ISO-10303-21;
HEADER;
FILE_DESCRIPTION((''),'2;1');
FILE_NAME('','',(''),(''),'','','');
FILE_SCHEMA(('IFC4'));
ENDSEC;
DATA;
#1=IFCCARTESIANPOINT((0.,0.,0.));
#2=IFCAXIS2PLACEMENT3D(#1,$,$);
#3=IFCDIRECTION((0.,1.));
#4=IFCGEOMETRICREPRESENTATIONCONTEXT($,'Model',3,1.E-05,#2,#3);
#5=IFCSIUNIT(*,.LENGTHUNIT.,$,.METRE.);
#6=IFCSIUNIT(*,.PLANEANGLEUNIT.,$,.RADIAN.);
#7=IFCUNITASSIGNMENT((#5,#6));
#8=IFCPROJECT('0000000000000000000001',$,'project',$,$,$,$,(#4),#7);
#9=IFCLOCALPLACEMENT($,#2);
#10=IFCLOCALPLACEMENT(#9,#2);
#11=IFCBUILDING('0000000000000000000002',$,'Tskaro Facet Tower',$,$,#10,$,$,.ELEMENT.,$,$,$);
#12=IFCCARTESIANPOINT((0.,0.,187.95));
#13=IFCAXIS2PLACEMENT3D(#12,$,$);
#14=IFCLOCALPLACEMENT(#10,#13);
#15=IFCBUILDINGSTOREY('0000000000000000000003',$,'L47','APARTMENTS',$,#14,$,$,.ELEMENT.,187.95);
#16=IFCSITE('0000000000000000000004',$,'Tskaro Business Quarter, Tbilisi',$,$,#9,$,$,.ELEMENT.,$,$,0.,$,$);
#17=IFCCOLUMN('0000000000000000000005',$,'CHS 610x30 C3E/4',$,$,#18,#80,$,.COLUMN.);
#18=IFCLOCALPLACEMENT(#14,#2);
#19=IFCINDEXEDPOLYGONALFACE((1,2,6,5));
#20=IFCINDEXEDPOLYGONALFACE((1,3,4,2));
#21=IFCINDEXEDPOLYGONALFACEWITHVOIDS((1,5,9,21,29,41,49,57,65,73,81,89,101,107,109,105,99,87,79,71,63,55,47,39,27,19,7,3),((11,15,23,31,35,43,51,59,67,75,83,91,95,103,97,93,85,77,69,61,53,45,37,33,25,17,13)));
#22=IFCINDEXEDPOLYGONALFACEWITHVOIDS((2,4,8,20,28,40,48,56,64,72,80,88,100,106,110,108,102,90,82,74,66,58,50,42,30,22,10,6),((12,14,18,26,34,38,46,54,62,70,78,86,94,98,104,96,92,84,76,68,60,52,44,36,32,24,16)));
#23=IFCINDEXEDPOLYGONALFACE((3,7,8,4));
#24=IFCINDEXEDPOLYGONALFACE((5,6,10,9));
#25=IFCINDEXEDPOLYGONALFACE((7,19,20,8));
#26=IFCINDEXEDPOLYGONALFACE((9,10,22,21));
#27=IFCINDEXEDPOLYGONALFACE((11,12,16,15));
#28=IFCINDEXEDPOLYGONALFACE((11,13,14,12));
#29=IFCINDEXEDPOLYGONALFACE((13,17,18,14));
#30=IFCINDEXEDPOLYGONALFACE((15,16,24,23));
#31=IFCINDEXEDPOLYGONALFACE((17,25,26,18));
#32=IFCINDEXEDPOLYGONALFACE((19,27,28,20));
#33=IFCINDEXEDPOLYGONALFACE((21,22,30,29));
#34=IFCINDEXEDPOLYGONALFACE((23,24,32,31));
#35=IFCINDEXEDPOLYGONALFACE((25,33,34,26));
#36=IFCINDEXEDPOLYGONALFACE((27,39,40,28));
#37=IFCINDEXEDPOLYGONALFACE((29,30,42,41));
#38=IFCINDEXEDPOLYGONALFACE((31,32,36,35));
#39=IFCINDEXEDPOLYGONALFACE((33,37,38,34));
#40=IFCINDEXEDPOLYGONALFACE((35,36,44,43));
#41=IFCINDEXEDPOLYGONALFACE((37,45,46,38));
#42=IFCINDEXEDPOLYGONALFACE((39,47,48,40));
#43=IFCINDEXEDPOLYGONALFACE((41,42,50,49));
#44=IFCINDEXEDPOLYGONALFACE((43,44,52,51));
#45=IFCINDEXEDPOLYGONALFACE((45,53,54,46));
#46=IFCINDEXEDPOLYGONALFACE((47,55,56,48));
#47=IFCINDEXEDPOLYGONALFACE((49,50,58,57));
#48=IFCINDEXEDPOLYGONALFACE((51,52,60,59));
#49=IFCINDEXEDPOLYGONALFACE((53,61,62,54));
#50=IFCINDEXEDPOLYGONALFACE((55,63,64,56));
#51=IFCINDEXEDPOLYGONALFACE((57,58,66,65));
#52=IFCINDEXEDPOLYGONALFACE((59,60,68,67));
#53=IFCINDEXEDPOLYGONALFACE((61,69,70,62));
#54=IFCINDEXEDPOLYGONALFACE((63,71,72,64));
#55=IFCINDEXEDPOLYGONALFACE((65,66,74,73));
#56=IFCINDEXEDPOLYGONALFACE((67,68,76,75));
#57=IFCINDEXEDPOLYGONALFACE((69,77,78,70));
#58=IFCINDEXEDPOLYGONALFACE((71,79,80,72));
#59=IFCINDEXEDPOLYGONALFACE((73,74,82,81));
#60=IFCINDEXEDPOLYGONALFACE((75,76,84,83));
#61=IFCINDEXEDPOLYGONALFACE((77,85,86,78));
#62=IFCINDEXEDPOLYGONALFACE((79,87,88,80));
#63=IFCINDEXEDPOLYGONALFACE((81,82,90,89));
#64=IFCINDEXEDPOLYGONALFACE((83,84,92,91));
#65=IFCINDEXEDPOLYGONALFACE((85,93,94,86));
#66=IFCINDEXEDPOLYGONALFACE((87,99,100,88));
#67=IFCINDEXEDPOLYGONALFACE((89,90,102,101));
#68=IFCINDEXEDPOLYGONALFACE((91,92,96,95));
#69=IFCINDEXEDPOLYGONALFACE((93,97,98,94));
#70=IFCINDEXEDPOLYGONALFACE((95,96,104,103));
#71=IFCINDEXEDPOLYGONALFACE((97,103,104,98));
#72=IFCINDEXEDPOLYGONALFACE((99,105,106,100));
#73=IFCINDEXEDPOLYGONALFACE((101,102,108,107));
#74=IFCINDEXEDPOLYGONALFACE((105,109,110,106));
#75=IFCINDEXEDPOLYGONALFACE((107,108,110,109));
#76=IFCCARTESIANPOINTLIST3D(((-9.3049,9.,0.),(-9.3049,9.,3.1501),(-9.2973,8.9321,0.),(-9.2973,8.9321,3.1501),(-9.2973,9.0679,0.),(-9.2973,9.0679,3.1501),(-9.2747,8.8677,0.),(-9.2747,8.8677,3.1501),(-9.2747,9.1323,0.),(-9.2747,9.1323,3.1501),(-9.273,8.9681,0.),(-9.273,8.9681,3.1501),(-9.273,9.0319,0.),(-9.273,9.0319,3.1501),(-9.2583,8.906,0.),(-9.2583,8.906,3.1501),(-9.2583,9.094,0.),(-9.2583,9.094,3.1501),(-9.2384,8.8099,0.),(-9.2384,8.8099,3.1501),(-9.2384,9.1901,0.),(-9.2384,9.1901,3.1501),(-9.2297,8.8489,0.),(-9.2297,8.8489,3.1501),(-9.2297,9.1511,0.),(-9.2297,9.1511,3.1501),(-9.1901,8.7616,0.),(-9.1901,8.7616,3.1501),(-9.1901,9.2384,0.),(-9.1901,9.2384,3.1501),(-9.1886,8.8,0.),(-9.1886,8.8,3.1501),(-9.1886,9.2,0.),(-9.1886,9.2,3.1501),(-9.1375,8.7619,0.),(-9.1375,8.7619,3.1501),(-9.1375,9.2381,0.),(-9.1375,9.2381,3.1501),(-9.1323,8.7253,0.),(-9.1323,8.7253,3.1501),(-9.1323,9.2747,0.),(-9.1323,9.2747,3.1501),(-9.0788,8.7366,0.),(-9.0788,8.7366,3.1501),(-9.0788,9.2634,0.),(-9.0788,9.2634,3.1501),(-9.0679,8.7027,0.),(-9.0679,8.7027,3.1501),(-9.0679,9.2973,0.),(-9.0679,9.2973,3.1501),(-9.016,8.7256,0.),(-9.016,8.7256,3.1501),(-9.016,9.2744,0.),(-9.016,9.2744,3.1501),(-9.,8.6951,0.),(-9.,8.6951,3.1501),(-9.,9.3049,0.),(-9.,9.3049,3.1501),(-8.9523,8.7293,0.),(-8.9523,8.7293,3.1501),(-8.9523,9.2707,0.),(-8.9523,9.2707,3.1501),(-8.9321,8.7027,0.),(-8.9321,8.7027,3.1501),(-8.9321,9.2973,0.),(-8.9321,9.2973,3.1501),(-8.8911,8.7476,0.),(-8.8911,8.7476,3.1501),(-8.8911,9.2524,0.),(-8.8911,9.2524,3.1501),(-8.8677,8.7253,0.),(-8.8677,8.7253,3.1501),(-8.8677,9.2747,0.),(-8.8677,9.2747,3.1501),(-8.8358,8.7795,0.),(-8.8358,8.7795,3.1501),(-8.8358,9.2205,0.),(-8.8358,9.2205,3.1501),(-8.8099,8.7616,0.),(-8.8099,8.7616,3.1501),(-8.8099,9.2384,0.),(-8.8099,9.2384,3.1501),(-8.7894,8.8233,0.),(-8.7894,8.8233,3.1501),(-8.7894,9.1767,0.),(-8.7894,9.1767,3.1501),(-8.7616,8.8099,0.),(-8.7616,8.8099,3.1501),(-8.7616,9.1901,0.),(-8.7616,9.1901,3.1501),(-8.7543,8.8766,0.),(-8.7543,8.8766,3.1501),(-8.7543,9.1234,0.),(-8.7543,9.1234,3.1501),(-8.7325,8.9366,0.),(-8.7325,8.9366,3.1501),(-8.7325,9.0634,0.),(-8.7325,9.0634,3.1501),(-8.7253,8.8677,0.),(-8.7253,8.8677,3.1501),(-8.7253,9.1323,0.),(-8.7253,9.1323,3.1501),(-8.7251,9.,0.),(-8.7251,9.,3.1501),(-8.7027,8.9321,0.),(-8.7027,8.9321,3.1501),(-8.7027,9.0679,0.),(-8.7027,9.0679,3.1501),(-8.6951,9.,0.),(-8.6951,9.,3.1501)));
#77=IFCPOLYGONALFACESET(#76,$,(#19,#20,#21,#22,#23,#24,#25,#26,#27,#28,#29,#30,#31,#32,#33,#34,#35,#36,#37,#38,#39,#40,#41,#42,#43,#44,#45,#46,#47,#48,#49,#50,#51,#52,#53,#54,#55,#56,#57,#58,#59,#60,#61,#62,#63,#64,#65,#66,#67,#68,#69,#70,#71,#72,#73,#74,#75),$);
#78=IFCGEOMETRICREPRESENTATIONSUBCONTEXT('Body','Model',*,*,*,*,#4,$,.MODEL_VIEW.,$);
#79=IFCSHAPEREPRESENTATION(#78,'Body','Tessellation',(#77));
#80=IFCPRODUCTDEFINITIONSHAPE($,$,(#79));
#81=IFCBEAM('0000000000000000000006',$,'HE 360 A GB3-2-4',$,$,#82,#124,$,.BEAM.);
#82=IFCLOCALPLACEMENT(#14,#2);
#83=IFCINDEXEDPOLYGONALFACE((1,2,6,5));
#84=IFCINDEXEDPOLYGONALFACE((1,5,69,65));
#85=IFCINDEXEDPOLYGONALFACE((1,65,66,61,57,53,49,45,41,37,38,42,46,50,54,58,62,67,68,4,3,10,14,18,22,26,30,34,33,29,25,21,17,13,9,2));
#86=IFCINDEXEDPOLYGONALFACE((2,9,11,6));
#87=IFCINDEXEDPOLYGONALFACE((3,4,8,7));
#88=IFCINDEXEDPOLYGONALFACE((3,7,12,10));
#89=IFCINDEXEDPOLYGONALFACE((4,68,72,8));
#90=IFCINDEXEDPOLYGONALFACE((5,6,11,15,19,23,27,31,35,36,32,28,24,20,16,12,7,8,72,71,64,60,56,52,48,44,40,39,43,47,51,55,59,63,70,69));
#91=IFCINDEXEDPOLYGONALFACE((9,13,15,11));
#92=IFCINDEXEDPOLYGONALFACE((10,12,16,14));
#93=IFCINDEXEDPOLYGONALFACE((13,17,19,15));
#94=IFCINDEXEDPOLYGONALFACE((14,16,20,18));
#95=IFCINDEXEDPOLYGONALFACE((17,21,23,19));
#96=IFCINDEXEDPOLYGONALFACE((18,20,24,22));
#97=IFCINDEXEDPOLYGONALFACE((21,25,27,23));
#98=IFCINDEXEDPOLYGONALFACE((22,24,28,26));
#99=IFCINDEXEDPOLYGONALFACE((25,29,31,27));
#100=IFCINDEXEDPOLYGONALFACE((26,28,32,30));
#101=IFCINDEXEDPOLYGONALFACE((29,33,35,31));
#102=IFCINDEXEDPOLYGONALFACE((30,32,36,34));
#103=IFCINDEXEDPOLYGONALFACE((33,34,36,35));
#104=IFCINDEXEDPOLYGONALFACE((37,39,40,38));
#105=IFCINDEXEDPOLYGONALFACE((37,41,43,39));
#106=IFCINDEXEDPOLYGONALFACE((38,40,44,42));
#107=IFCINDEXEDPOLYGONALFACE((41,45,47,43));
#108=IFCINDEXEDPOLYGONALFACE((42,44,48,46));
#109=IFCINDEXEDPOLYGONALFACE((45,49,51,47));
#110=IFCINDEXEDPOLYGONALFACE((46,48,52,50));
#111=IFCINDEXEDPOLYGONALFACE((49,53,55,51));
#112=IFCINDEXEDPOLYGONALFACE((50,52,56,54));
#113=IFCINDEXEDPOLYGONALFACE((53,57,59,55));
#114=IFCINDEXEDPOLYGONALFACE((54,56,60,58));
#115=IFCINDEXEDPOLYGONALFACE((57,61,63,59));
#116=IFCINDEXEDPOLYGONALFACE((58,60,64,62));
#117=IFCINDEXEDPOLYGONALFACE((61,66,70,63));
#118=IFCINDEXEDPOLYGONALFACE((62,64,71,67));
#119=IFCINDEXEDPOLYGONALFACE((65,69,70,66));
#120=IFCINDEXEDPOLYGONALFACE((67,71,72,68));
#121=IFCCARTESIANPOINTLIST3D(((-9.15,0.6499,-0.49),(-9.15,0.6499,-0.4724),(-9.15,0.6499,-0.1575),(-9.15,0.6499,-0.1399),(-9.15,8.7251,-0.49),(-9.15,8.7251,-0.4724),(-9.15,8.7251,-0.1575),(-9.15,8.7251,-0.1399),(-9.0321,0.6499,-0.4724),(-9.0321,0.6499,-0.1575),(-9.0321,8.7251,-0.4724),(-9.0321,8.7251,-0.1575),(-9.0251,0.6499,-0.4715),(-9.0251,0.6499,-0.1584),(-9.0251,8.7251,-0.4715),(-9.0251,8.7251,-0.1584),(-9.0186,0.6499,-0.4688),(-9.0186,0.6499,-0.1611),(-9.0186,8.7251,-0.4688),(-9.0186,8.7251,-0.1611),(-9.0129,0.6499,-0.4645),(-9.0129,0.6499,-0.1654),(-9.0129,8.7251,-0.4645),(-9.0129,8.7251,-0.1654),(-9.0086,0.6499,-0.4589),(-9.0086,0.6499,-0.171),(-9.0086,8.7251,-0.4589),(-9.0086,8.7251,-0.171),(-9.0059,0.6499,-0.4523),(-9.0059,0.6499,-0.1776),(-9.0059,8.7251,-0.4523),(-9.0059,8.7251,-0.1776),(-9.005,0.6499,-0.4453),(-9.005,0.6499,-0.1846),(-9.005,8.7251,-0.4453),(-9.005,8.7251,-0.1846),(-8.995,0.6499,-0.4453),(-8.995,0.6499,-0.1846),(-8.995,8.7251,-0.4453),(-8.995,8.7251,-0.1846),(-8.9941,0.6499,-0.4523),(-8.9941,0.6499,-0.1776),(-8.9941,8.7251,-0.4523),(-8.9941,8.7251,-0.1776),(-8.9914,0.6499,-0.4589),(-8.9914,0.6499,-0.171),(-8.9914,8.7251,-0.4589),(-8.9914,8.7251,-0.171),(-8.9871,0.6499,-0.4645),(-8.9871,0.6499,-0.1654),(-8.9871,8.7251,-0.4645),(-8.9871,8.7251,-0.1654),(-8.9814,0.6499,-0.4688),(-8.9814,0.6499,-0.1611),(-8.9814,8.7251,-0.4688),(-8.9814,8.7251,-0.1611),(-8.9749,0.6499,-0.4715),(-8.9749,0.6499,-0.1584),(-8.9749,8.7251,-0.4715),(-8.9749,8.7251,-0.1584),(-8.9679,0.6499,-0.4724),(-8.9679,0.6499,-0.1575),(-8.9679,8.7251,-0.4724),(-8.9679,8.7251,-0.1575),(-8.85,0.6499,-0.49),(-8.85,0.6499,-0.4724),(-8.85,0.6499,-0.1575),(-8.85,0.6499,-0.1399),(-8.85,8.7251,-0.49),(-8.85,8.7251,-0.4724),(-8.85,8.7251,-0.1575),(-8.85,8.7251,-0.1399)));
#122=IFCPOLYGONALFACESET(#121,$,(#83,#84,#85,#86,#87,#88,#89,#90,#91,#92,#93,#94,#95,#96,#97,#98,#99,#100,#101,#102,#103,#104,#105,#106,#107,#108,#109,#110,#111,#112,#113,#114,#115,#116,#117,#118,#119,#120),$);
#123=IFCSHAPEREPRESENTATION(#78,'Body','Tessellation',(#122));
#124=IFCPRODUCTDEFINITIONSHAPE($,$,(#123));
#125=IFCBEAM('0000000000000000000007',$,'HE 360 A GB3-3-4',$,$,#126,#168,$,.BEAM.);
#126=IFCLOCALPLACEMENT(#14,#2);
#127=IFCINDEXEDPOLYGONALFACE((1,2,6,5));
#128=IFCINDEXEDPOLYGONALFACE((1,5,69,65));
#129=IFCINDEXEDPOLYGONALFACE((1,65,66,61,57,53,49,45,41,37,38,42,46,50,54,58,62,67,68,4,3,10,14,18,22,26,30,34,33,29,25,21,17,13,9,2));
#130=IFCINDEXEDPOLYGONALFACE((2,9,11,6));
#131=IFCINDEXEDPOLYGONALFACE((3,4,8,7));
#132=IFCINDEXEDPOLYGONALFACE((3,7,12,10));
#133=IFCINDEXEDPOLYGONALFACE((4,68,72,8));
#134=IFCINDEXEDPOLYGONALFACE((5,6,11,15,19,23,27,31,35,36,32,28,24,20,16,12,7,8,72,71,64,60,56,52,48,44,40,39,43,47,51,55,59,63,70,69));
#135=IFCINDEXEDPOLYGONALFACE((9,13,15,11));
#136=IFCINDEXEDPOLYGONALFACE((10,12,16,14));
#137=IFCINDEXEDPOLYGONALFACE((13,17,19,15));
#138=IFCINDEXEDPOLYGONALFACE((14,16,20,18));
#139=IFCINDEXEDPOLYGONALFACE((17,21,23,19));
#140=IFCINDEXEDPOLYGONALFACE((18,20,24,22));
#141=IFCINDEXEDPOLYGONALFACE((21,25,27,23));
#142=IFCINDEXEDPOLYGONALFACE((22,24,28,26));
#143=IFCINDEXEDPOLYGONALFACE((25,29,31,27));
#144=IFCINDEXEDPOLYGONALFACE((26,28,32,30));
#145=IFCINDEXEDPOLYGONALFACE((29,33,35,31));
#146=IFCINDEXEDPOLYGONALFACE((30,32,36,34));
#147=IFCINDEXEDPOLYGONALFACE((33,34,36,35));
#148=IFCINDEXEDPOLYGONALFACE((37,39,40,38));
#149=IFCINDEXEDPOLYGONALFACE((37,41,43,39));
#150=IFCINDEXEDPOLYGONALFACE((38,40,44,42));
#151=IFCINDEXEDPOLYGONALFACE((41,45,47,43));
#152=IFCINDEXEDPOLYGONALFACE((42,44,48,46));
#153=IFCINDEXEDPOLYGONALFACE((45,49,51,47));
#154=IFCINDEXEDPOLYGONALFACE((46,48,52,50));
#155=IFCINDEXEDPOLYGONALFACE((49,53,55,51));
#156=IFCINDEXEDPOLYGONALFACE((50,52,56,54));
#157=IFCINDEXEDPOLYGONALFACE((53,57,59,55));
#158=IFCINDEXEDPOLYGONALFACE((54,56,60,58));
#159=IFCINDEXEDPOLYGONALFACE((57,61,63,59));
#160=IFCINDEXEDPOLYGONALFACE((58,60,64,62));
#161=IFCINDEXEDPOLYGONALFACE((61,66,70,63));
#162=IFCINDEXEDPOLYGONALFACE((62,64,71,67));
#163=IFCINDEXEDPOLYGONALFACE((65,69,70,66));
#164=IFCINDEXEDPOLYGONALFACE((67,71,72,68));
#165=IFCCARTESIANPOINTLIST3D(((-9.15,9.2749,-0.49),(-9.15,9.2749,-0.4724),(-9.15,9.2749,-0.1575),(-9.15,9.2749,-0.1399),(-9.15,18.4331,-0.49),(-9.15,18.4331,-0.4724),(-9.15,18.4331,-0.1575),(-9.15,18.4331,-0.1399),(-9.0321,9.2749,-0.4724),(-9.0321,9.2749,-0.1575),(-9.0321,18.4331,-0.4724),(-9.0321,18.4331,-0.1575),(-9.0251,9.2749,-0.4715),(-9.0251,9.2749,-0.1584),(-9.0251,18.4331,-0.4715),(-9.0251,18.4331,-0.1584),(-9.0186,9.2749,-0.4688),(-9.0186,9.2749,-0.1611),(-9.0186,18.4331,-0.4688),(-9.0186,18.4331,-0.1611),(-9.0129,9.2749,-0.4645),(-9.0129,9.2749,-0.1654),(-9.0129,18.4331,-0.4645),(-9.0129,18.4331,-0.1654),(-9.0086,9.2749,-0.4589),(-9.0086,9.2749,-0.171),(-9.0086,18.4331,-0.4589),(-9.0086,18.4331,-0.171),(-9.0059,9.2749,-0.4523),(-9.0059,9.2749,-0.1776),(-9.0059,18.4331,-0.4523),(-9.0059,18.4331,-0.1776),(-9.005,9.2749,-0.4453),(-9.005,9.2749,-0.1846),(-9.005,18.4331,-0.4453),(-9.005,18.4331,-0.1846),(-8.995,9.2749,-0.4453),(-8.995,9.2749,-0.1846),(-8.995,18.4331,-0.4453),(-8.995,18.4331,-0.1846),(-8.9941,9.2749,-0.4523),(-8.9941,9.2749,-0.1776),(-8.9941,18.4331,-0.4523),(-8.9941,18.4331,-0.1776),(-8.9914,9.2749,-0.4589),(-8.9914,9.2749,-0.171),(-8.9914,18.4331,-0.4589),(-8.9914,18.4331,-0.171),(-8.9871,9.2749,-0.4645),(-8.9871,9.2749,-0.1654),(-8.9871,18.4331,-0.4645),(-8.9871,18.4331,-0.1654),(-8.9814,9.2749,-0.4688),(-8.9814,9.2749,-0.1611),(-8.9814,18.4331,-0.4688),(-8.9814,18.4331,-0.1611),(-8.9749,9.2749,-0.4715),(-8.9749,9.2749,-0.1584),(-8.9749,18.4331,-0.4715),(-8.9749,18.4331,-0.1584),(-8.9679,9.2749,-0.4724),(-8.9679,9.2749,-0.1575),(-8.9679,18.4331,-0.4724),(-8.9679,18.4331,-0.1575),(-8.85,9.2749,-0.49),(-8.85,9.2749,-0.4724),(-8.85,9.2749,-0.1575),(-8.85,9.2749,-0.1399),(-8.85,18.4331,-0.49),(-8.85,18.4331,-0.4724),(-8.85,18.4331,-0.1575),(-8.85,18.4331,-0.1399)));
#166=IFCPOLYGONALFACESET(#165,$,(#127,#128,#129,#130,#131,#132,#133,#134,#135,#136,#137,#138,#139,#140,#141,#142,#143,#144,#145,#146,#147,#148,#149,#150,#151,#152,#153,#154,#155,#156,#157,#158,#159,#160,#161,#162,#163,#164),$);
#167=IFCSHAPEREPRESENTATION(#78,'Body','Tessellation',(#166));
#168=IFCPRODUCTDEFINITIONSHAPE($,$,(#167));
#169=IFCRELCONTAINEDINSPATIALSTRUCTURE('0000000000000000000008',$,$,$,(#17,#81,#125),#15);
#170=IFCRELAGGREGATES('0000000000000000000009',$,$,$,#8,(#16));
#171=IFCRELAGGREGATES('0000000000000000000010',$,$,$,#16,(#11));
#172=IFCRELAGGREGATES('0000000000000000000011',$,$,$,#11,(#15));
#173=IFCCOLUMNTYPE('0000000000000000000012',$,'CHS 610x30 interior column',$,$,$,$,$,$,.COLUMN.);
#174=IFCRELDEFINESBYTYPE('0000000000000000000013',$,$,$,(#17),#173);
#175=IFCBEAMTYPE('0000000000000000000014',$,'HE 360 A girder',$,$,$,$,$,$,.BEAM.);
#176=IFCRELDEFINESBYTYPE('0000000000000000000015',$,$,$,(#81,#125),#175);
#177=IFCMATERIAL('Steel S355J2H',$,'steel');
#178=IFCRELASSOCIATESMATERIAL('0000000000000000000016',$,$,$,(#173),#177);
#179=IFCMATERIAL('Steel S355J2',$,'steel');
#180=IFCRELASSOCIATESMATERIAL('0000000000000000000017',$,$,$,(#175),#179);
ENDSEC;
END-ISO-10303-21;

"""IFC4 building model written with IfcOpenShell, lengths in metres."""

from ifc_helpers import new_model, si_unit, direction, frame, origin, origin_2d, place, context, subcontext, project, spatial, hollow_circle, i_section, extrude, material, material_profile, profile_set, type_object, element, save


model = new_model("IFC4")

# Units and contexts
model_context = context("Model", 3, precision=1e-05, world=origin(), true_north=direction((0.0, 1.0)))
body_context = subcontext(model_context, "Body", "Model", "MODEL_VIEW")
ifc_project = project(units=[si_unit("LENGTHUNIT", "METRE"), si_unit("PLANEANGLEUNIT", "RADIAN")], contexts=[model_context])

# Site, building, storey
site_placement = place(None, origin())
site = spatial("IfcSite", under=ifc_project, at=site_placement, Name="Tskaro Business Quarter, Tbilisi", CompositionType="ELEMENT", RefElevation=0.0)
building_placement = place(site_placement, origin())
building = spatial("IfcBuilding", under=site, at=building_placement, Name="Tskaro Facet Tower", CompositionType="ELEMENT")
storey_placement = place(building_placement, frame((0.0, 0.0, 187.95)))
storey = spatial("IfcBuildingStorey", under=building, at=storey_placement, Name="L47", Description="APARTMENTS", CompositionType="ELEMENT", Elevation=187.95)

# Column
ifc_material_1 = material(Name="Steel S355J2H", Category="steel")
ifc_material_profile_1 = material_profile(ifc_material_1, hollow_circle(Radius=0.3049, WallThickness=0.03, at=origin_2d()), Name="CHS 610x30")
ifc_profile_set_1 = profile_set([ifc_material_profile_1], Name="Steel S355J2H")
column_type = type_object("IfcColumnType", Name="CHS 610x30 interior column", PredefinedType="COLUMN", material=ifc_profile_set_1)
column_placement = place(storey_placement, frame((-9.0, 9.0, 0.0), z_axis=(0.0, 0.0, 1.0), x_axis=(1.0, 0.0, 0.0)))
element("IfcColumn", 1, at=column_placement, inside=storey, type_object=column_type, Name="CHS 610x30 C3E/4", PredefinedType="COLUMN", context=body_context, shape_type="SweptSolid", body=[
    extrude(hollow_circle(Radius=0.3049, WallThickness=0.03, at=origin_2d()), origin(), (0.0, 0.0, 1.0), 3.1501),
])

# Beams
ifc_material_2 = material(Name="Steel S355J2", Category="steel")
ifc_material_profile_2 = material_profile(ifc_material_2, i_section(OverallWidth=0.3, OverallDepth=0.3501, WebThickness=0.01, FlangeThickness=0.0176, FilletRadius=0.0271, at=origin_2d()), Name="HE 360 A")
ifc_profile_set_2 = profile_set([ifc_material_profile_2], Name="Steel S355J2")
beam_type_1 = type_object("IfcBeamType", Name="HE 360 A girder", PredefinedType="BEAM", material=ifc_profile_set_2)
beam_1_placement = place(storey_placement, frame((-9.0, 0.6499, -0.3149), z_axis=(0.0, 1.0, 0.0), x_axis=(-1.0, 0.0, 0.0)))
element("IfcBeam", 2, at=beam_1_placement, inside=storey, type_object=beam_type_1, Name="HE 360 A GB3-2-4", PredefinedType="BEAM", context=body_context, shape_type="SweptSolid", body=[
    extrude(i_section(OverallWidth=0.3, OverallDepth=0.3501, WebThickness=0.01, FlangeThickness=0.0176, FilletRadius=0.0271, at=origin_2d()), origin(), (0.0, 0.0, 1.0), 8.0752),
])
beam_2_placement = place(storey_placement, frame((-9.0, 9.2749, -0.3149), z_axis=(0.0, 1.0, 0.0), x_axis=(-1.0, 0.0, 0.0)))
element("IfcBeam", 3, at=beam_2_placement, inside=storey, type_object=beam_type_1, Name="HE 360 A GB3-3-4", PredefinedType="BEAM", context=body_context, shape_type="SweptSolid", body=[
    extrude(i_section(OverallWidth=0.3, OverallDepth=0.3501, WebThickness=0.01, FlangeThickness=0.0176, FilletRadius=0.0271, at=origin_2d()), origin(), (0.0, 0.0, 1.0), 9.1582),
])

save(model, "model.ifc")
